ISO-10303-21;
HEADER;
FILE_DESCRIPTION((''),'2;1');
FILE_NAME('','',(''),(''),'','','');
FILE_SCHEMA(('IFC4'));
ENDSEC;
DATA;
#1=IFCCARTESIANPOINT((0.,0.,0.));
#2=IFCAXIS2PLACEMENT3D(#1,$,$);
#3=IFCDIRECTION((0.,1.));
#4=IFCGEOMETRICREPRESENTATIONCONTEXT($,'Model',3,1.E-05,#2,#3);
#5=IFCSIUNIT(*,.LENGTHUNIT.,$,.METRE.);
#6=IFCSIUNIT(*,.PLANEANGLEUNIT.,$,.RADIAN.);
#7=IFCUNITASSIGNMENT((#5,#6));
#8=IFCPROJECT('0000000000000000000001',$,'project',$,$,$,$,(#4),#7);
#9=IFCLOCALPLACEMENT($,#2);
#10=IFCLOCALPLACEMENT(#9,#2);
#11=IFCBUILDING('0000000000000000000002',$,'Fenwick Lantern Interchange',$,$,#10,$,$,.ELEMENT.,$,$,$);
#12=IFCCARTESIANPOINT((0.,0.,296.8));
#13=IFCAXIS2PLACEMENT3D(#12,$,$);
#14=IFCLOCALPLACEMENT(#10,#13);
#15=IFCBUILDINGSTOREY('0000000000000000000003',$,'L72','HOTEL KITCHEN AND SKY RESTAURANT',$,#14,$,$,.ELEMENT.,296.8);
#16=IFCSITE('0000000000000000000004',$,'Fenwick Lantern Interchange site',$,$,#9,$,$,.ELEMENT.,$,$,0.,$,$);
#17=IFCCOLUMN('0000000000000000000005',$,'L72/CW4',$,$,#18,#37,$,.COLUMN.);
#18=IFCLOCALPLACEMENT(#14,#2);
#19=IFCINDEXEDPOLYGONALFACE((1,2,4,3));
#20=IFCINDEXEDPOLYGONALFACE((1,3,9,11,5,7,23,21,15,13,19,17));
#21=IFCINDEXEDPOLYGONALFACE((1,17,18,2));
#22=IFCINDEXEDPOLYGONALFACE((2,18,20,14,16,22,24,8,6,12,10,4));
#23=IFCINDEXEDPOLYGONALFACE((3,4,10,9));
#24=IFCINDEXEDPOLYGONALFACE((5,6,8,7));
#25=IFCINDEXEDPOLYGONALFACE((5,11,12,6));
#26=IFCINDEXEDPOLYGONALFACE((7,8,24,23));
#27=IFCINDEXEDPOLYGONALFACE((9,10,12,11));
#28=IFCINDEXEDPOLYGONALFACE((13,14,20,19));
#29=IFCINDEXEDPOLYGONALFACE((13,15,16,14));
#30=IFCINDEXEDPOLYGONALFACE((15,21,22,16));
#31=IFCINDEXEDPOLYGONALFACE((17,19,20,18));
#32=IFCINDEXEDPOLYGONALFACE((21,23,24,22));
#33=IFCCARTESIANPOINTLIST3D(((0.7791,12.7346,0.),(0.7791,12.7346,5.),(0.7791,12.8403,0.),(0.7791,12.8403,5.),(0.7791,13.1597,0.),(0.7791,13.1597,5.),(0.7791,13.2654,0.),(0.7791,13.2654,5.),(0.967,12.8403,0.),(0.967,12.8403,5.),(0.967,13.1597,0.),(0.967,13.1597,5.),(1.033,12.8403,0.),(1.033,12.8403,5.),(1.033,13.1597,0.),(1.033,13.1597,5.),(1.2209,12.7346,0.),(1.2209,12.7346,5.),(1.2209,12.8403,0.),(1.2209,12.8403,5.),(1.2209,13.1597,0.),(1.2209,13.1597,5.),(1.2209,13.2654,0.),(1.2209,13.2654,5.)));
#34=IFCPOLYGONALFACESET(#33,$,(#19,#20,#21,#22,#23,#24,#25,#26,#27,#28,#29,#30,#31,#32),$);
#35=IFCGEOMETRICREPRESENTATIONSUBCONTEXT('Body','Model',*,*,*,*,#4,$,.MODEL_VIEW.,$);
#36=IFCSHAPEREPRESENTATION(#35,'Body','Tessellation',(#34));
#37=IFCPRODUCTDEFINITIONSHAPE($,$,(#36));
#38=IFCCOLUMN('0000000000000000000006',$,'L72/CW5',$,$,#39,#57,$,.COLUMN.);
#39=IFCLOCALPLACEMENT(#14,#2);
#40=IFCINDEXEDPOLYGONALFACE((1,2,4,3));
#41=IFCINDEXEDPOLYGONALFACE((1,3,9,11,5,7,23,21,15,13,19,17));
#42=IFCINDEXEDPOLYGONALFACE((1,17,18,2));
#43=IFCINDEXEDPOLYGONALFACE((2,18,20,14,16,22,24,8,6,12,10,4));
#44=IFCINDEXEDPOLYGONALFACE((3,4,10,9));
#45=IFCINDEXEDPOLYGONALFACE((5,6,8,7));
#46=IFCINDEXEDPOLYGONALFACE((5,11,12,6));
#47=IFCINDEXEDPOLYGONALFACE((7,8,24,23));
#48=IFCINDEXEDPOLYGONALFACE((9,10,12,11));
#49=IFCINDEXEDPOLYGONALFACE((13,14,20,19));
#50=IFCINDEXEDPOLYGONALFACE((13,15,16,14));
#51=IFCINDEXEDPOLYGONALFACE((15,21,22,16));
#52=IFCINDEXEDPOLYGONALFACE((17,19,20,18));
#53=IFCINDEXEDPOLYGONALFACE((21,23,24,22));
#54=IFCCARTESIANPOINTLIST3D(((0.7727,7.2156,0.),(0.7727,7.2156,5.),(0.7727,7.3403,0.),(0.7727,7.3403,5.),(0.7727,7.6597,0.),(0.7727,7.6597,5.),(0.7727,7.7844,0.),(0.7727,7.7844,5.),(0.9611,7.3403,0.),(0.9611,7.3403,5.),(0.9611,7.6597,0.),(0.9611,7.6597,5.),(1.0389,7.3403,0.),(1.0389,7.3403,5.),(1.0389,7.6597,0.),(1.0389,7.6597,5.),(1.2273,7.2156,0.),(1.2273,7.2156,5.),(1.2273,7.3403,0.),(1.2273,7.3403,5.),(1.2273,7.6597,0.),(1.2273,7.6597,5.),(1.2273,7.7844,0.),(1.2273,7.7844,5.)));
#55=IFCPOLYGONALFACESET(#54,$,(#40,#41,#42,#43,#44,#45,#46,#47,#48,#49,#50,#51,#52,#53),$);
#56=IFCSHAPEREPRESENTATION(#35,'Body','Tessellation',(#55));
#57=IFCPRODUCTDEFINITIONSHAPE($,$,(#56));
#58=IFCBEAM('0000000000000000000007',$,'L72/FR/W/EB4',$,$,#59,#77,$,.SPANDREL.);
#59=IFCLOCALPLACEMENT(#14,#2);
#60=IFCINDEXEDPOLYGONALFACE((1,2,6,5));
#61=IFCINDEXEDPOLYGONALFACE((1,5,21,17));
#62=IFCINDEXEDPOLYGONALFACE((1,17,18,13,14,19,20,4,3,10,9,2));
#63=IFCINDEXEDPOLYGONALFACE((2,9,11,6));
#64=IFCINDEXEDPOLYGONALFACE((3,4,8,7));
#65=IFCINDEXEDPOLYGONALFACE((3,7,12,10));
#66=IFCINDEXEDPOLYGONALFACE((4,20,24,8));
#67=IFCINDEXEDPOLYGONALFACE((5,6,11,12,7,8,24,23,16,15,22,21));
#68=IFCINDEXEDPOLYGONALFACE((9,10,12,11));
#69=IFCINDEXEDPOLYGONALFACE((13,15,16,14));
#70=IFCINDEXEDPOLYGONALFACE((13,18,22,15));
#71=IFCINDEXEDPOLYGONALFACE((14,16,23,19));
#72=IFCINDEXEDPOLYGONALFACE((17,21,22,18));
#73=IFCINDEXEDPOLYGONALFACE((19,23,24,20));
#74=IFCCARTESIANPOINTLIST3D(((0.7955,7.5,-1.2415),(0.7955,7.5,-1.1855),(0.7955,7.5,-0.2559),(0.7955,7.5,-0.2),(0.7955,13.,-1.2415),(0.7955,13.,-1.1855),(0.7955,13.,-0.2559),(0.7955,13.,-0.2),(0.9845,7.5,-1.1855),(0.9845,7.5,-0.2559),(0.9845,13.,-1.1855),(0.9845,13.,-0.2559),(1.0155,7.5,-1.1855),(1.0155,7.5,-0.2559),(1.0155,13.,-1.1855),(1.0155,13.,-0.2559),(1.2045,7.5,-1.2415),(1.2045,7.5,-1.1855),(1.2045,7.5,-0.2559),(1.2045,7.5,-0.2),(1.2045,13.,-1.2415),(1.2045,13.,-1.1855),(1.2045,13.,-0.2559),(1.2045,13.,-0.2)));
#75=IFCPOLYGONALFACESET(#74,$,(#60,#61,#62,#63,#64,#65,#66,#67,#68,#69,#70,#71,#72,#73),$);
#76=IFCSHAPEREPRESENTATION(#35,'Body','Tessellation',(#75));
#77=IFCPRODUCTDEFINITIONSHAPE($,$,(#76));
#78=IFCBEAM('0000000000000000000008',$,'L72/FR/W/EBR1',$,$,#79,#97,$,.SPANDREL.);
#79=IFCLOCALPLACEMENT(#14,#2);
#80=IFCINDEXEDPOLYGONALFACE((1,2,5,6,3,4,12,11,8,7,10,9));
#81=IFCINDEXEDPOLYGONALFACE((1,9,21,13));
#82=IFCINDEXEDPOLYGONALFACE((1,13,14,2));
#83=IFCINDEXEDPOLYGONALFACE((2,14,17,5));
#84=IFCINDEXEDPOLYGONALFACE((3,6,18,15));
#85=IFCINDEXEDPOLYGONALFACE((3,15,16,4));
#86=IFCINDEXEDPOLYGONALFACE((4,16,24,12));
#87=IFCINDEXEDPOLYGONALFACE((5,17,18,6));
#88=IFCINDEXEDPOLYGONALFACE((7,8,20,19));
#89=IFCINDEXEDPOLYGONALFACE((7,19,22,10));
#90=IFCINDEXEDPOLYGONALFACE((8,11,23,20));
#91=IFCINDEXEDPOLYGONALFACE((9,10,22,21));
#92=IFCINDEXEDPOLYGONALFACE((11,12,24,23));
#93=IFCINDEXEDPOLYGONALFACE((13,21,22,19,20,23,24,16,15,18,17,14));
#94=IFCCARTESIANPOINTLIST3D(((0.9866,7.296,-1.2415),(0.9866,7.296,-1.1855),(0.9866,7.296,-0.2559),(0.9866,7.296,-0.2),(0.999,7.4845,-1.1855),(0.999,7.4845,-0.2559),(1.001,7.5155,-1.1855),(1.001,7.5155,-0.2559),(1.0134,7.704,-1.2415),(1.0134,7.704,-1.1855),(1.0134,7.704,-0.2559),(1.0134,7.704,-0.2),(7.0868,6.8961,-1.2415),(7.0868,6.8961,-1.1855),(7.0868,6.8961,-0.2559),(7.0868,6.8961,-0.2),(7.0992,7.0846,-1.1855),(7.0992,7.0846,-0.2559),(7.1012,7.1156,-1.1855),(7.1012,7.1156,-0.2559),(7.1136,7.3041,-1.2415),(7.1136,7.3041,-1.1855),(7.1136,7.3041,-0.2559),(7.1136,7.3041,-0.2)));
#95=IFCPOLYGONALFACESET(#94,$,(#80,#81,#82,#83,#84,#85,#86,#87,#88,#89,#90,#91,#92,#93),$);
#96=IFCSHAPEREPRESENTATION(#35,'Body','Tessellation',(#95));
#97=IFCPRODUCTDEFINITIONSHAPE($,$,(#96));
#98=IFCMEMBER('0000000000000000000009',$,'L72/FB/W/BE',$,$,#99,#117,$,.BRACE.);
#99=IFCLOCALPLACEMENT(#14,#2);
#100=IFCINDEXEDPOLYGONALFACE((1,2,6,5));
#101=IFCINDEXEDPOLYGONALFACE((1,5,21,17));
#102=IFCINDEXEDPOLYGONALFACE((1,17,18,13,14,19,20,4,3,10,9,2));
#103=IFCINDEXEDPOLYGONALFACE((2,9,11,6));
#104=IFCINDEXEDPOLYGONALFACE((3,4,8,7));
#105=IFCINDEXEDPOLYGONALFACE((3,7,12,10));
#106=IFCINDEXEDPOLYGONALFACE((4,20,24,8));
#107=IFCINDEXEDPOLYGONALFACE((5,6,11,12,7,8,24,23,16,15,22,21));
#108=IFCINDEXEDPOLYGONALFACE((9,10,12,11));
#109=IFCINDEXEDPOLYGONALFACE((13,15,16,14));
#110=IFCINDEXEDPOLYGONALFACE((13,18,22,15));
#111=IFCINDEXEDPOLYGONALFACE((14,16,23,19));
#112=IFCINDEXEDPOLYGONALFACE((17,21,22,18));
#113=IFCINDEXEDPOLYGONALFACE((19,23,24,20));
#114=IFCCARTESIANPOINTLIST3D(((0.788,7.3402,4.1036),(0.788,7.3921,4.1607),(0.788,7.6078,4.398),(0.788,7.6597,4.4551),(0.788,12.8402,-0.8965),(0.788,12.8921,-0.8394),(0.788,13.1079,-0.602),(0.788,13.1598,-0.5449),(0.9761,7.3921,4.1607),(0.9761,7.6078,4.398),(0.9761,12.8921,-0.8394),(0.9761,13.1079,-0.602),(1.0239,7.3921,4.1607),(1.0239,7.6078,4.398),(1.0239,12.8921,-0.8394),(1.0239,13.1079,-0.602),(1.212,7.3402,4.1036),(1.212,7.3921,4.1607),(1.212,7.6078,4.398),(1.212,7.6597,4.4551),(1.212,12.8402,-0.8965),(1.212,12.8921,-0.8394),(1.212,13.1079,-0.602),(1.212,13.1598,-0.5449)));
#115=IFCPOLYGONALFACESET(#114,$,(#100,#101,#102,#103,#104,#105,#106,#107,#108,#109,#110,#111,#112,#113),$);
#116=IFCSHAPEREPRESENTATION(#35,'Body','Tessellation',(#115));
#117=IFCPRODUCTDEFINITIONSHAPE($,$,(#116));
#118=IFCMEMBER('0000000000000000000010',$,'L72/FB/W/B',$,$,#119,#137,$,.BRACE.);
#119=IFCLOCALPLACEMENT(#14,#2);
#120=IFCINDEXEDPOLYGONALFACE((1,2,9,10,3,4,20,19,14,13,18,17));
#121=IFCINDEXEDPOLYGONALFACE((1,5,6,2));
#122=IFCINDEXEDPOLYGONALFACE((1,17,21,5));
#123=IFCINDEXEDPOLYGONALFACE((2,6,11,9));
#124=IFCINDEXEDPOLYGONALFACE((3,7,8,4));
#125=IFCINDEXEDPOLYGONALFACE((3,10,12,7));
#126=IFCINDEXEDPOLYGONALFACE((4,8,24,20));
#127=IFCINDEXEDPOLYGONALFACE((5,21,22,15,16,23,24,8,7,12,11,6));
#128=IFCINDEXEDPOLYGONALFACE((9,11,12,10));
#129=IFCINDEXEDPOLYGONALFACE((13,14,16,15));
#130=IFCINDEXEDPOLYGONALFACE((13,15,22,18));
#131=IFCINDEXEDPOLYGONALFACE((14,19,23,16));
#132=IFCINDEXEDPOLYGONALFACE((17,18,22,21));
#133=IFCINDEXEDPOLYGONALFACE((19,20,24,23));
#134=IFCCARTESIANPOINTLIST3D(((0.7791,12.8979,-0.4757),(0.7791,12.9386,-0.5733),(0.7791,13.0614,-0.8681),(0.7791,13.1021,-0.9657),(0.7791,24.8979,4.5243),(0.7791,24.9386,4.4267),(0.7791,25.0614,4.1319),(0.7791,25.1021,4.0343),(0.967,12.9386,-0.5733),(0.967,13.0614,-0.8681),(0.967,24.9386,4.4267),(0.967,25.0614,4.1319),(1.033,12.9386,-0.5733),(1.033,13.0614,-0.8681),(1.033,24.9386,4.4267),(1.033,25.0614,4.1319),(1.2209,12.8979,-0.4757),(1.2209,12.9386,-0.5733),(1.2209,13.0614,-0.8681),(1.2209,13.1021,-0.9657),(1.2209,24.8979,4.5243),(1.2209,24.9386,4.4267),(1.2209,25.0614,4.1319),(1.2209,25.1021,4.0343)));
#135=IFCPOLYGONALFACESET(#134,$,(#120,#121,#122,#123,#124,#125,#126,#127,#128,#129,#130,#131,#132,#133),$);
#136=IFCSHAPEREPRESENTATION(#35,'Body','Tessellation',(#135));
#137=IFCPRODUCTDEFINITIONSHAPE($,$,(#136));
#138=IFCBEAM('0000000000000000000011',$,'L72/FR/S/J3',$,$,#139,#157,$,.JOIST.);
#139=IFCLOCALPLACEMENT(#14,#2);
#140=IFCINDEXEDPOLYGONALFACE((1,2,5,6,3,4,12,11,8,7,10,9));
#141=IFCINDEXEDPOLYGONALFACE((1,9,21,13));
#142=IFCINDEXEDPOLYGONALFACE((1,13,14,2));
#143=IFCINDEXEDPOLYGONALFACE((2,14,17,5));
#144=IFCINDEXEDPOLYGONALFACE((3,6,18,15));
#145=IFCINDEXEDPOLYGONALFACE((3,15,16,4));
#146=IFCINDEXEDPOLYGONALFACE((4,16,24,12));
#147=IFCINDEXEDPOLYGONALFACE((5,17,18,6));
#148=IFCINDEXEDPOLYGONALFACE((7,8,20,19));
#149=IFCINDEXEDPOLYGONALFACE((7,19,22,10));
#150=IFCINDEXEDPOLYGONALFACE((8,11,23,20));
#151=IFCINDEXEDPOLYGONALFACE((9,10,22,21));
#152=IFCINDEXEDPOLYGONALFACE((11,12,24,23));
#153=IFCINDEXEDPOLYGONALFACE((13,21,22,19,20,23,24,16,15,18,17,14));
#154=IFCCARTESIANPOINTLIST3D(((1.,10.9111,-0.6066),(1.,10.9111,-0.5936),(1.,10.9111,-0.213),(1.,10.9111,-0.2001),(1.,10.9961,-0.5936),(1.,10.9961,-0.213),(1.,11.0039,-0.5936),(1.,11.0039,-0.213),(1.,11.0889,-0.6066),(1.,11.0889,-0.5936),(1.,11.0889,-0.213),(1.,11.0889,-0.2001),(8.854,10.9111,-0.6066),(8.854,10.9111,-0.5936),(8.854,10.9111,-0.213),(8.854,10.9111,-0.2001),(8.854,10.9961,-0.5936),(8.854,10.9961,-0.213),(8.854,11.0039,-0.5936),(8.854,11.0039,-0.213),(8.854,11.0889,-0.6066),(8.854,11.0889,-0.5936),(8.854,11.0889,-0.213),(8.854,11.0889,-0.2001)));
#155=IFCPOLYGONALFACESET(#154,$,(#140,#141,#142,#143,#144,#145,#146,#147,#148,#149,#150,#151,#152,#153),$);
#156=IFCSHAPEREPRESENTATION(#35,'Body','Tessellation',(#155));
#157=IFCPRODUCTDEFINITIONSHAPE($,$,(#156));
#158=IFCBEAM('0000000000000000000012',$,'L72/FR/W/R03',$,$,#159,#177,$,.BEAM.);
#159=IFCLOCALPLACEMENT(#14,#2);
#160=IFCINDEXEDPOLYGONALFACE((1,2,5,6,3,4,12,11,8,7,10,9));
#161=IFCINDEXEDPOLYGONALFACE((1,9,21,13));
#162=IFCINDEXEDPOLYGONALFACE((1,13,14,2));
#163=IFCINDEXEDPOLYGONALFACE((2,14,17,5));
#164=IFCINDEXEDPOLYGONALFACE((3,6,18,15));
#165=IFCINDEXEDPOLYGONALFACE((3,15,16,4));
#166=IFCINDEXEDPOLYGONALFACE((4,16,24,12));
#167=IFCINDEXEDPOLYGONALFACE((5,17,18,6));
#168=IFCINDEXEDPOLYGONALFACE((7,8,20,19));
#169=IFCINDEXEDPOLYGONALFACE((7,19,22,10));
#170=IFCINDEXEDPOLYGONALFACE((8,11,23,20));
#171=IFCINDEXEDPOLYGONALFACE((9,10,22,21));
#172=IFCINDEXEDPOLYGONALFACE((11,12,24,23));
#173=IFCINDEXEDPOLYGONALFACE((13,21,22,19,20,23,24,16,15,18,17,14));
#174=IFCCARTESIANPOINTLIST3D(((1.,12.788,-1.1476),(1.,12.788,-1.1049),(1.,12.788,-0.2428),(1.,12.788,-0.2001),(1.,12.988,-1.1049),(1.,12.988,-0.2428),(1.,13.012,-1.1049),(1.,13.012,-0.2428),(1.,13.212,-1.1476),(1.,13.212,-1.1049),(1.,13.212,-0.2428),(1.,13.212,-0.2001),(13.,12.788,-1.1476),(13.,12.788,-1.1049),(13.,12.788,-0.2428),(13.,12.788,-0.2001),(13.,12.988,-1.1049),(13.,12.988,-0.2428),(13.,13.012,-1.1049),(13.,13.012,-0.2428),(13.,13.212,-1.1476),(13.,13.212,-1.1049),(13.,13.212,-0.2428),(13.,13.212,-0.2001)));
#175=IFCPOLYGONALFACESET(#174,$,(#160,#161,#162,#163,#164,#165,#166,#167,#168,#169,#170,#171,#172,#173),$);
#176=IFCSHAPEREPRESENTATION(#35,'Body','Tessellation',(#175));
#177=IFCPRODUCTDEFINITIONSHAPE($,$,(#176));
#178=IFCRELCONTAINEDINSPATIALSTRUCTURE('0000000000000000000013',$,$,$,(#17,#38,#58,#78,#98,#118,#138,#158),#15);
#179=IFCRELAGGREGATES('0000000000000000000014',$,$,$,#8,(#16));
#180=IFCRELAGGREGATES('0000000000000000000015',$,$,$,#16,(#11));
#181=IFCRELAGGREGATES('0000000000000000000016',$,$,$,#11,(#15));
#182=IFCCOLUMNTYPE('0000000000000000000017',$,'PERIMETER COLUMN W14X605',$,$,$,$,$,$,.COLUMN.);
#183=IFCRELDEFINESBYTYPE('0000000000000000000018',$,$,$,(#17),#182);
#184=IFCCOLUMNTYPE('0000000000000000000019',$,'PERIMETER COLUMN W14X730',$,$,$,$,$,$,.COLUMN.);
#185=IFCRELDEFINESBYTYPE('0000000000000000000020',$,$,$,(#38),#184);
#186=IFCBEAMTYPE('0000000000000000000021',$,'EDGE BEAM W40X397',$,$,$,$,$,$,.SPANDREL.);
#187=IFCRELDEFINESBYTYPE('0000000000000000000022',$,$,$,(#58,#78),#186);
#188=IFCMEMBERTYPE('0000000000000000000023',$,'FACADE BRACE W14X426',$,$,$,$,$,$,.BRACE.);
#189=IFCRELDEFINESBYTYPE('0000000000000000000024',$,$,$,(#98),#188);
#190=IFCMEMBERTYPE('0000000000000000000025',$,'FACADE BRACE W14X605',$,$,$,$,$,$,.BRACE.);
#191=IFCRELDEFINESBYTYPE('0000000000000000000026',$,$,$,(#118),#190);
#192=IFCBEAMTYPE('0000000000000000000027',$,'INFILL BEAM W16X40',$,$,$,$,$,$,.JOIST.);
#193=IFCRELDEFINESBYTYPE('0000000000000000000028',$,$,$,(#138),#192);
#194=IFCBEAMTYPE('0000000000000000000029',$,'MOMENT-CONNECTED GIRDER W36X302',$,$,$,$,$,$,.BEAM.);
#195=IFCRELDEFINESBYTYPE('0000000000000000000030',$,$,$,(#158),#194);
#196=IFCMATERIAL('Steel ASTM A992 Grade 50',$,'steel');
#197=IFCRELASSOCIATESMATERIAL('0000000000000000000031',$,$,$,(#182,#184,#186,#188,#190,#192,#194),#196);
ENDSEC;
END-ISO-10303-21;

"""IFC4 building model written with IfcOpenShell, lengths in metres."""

from ifc_helpers import new_model, si_unit, direction, frame, origin, origin_2d, place, context, subcontext, project, spatial, i_section, extrude, material, material_profile, profile_set, type_object, element, save


model = new_model("IFC4")

# Units and contexts
model_context = context("Model", 3, precision=1e-05, world=origin(), true_north=direction((0.0, 1.0)))
body_context = subcontext(model_context, "Body", "Model", "MODEL_VIEW")
ifc_project = project(units=[si_unit("LENGTHUNIT", "METRE"), si_unit("PLANEANGLEUNIT", "RADIAN")], contexts=[model_context])

# Site, building, storey
site_placement = place(None, origin())
site = spatial("IfcSite", under=ifc_project, at=site_placement, Name="Fenwick Lantern Interchange site", CompositionType="ELEMENT", RefElevation=0.0)
building_placement = place(site_placement, origin())
building = spatial("IfcBuilding", under=site, at=building_placement, Name="Fenwick Lantern Interchange", CompositionType="ELEMENT")
storey_placement = place(building_placement, frame((0.0, 0.0, 296.8)))
storey = spatial("IfcBuildingStorey", under=building, at=storey_placement, Name="L72", Description="HOTEL KITCHEN AND SKY RESTAURANT", CompositionType="ELEMENT", Elevation=296.8)

# Columns
ifc_material_1 = material(Name="Steel ASTM A992 Grade 50", Category="steel")
ifc_material_profile_1 = material_profile(ifc_material_1, i_section(OverallWidth=0.4419, OverallDepth=0.5308, WebThickness=0.0659, FlangeThickness=0.1057, at=origin_2d()), Name="W14X605")
ifc_profile_set_1 = profile_set([ifc_material_profile_1], Name="Steel ASTM A992 Grade 50")
column_type_1 = type_object("IfcColumnType", Name="PERIMETER COLUMN W14X605", PredefinedType="COLUMN", material=ifc_profile_set_1)
column_1_placement = place(storey_placement, frame((1.0, 13.0, 0.0), z_axis=(0.0, 0.0, 1.0), x_axis=(1.0, 0.0, 0.0)))
element("IfcColumn", 1, at=column_1_placement, inside=storey, type_object=column_type_1, Name="L72/CW4", PredefinedType="COLUMN", context=body_context, shape_type="SweptSolid", body=[
    extrude(i_section(OverallWidth=0.4419, OverallDepth=0.5308, WebThickness=0.0659, FlangeThickness=0.1057, at=origin_2d()), origin(), (0.0, 0.0, 1.0), 5.0),
])
ifc_material_profile_2 = material_profile(ifc_material_1, i_section(OverallWidth=0.4546, OverallDepth=0.5688, WebThickness=0.0779, FlangeThickness=0.1248, at=origin_2d()), Name="W14X730")
ifc_profile_set_2 = profile_set([ifc_material_profile_2], Name="Steel ASTM A992 Grade 50")
column_type_2 = type_object("IfcColumnType", Name="PERIMETER COLUMN W14X730", PredefinedType="COLUMN", material=ifc_profile_set_2)
column_2_placement = place(storey_placement, frame((1.0, 7.5, 0.0), z_axis=(0.0, 0.0, 1.0), x_axis=(1.0, 0.0, 0.0)))
element("IfcColumn", 2, at=column_2_placement, inside=storey, type_object=column_type_2, Name="L72/CW5", PredefinedType="COLUMN", context=body_context, shape_type="SweptSolid", body=[
    extrude(i_section(OverallWidth=0.4546, OverallDepth=0.5688, WebThickness=0.0779, FlangeThickness=0.1248, at=origin_2d()), origin(), (0.0, 0.0, 1.0), 5.0),
])

# Beams
ifc_material_profile_3 = material_profile(ifc_material_1, i_section(OverallWidth=0.4089, OverallDepth=1.0415, WebThickness=0.031, FlangeThickness=0.0559, at=origin_2d()), Name="W40X397")
ifc_profile_set_3 = profile_set([ifc_material_profile_3], Name="Steel ASTM A992 Grade 50")
beam_type_1 = type_object("IfcBeamType", Name="EDGE BEAM W40X397", PredefinedType="SPANDREL", material=ifc_profile_set_3)
beam_1_placement = place(storey_placement, frame((1.0, 13.0, -0.7207), z_axis=(0.0, -1.0, 0.0), x_axis=(1.0, 0.0, 0.0)))
element("IfcBeam", 3, at=beam_1_placement, inside=storey, type_object=beam_type_1, Name="L72/FR/W/EB4", PredefinedType="SPANDREL", context=body_context, shape_type="SweptSolid", body=[
    extrude(i_section(OverallWidth=0.4089, OverallDepth=1.0415, WebThickness=0.031, FlangeThickness=0.0559, at=origin_2d()), origin(), (0.0, 0.0, 1.0), 5.5),
])
beam_2_placement = place(storey_placement, frame((1.0, 7.5, -0.7207), z_axis=(0.997858, -0.065416, 0.0), x_axis=(0.065416, 0.997858, 0.0)))
element("IfcBeam", 4, at=beam_2_placement, inside=storey, type_object=beam_type_1, Name="L72/FR/W/EBR1", PredefinedType="SPANDREL", context=body_context, shape_type="SweptSolid", body=[
    extrude(i_section(OverallWidth=0.4089, OverallDepth=1.0415, WebThickness=0.031, FlangeThickness=0.0559, at=origin_2d()), origin(), (0.0, 0.0, 1.0), 6.1133),
])

# Members
ifc_material_profile_4 = material_profile(ifc_material_1, i_section(OverallWidth=0.4241, OverallDepth=0.4751, WebThickness=0.0479, FlangeThickness=0.0771, at=origin_2d()), Name="W14X426")
ifc_profile_set_4 = profile_set([ifc_material_profile_4], Name="Steel ASTM A992 Grade 50")
member_type_1 = type_object("IfcMemberType", Name="FACADE BRACE W14X426", PredefinedType="BRACE", material=ifc_profile_set_4)
member_1_placement = place(storey_placement, frame((1.0, 13.0, -0.7207), z_axis=(0.0, -0.73994, 0.672673), x_axis=(1.0, 0.0, 0.0)))
element("IfcMember", 5, at=member_1_placement, inside=storey, type_object=member_type_1, Name="L72/FB/W/BE", PredefinedType="BRACE", context=body_context, shape_type="SweptSolid", body=[
    extrude(i_section(OverallWidth=0.4241, OverallDepth=0.4751, WebThickness=0.0479, FlangeThickness=0.0771, at=origin_2d()), origin(), (0.0, 0.0, 1.0), 7.4331),
])
ifc_material_profile_5 = material_profile(ifc_material_1, i_section(OverallWidth=0.4419, OverallDepth=0.5308, WebThickness=0.0659, FlangeThickness=0.1057, at=origin_2d()), Name="W14X605")
ifc_profile_set_5 = profile_set([ifc_material_profile_5], Name="Steel ASTM A992 Grade 50")
member_type_2 = type_object("IfcMemberType", Name="FACADE BRACE W14X605", PredefinedType="BRACE", material=ifc_profile_set_5)
member_2_placement = place(storey_placement, frame((1.0, 13.0, -0.7207), z_axis=(0.0, 0.923077, 0.384615), x_axis=(-1.0, 0.0, 0.0)))
element("IfcMember", 6, at=member_2_placement, inside=storey, type_object=member_type_2, Name="L72/FB/W/B", PredefinedType="BRACE", context=body_context, shape_type="SweptSolid", body=[
    extrude(i_section(OverallWidth=0.4419, OverallDepth=0.5308, WebThickness=0.0659, FlangeThickness=0.1057, at=origin_2d()), origin(), (0.0, 0.0, 1.0), 13.0),
])

# Beams
ifc_material_profile_6 = material_profile(ifc_material_1, i_section(OverallWidth=0.1777, OverallDepth=0.4065, WebThickness=0.0078, FlangeThickness=0.0129, at=origin_2d()), Name="W16X40")
ifc_profile_set_6 = profile_set([ifc_material_profile_6], Name="Steel ASTM A992 Grade 50")
beam_type_2 = type_object("IfcBeamType", Name="INFILL BEAM W16X40", PredefinedType="JOIST", material=ifc_profile_set_6)
beam_3_placement = place(storey_placement, frame((1.0, 11.0, -0.4033), z_axis=(1.0, 0.0, 0.0), x_axis=(0.0, 1.0, 0.0)))
element("IfcBeam", 7, at=beam_3_placement, inside=storey, type_object=beam_type_2, Name="L72/FR/S/J3", PredefinedType="JOIST", context=body_context, shape_type="SweptSolid", body=[
    extrude(i_section(OverallWidth=0.1777, OverallDepth=0.4065, WebThickness=0.0078, FlangeThickness=0.0129, at=origin_2d()), origin(), (0.0, 0.0, 1.0), 7.854),
])
ifc_material_profile_7 = material_profile(ifc_material_1, i_section(OverallWidth=0.4241, OverallDepth=0.9475, WebThickness=0.0239, FlangeThickness=0.0427, at=origin_2d()), Name="W36X302")
ifc_profile_set_7 = profile_set([ifc_material_profile_7], Name="Steel ASTM A992 Grade 50")
beam_type_3 = type_object("IfcBeamType", Name="MOMENT-CONNECTED GIRDER W36X302", PredefinedType="BEAM", material=ifc_profile_set_7)
beam_4_placement = place(storey_placement, frame((1.0, 13.0, -0.6738), z_axis=(1.0, 0.0, 0.0), x_axis=(0.0, 1.0, 0.0)))
element("IfcBeam", 8, at=beam_4_placement, inside=storey, type_object=beam_type_3, Name="L72/FR/W/R03", PredefinedType="BEAM", context=body_context, shape_type="SweptSolid", body=[
    extrude(i_section(OverallWidth=0.4241, OverallDepth=0.9475, WebThickness=0.0239, FlangeThickness=0.0427, at=origin_2d()), origin(), (0.0, 0.0, 1.0), 12.0),
])

save(model, "model.ifc")
